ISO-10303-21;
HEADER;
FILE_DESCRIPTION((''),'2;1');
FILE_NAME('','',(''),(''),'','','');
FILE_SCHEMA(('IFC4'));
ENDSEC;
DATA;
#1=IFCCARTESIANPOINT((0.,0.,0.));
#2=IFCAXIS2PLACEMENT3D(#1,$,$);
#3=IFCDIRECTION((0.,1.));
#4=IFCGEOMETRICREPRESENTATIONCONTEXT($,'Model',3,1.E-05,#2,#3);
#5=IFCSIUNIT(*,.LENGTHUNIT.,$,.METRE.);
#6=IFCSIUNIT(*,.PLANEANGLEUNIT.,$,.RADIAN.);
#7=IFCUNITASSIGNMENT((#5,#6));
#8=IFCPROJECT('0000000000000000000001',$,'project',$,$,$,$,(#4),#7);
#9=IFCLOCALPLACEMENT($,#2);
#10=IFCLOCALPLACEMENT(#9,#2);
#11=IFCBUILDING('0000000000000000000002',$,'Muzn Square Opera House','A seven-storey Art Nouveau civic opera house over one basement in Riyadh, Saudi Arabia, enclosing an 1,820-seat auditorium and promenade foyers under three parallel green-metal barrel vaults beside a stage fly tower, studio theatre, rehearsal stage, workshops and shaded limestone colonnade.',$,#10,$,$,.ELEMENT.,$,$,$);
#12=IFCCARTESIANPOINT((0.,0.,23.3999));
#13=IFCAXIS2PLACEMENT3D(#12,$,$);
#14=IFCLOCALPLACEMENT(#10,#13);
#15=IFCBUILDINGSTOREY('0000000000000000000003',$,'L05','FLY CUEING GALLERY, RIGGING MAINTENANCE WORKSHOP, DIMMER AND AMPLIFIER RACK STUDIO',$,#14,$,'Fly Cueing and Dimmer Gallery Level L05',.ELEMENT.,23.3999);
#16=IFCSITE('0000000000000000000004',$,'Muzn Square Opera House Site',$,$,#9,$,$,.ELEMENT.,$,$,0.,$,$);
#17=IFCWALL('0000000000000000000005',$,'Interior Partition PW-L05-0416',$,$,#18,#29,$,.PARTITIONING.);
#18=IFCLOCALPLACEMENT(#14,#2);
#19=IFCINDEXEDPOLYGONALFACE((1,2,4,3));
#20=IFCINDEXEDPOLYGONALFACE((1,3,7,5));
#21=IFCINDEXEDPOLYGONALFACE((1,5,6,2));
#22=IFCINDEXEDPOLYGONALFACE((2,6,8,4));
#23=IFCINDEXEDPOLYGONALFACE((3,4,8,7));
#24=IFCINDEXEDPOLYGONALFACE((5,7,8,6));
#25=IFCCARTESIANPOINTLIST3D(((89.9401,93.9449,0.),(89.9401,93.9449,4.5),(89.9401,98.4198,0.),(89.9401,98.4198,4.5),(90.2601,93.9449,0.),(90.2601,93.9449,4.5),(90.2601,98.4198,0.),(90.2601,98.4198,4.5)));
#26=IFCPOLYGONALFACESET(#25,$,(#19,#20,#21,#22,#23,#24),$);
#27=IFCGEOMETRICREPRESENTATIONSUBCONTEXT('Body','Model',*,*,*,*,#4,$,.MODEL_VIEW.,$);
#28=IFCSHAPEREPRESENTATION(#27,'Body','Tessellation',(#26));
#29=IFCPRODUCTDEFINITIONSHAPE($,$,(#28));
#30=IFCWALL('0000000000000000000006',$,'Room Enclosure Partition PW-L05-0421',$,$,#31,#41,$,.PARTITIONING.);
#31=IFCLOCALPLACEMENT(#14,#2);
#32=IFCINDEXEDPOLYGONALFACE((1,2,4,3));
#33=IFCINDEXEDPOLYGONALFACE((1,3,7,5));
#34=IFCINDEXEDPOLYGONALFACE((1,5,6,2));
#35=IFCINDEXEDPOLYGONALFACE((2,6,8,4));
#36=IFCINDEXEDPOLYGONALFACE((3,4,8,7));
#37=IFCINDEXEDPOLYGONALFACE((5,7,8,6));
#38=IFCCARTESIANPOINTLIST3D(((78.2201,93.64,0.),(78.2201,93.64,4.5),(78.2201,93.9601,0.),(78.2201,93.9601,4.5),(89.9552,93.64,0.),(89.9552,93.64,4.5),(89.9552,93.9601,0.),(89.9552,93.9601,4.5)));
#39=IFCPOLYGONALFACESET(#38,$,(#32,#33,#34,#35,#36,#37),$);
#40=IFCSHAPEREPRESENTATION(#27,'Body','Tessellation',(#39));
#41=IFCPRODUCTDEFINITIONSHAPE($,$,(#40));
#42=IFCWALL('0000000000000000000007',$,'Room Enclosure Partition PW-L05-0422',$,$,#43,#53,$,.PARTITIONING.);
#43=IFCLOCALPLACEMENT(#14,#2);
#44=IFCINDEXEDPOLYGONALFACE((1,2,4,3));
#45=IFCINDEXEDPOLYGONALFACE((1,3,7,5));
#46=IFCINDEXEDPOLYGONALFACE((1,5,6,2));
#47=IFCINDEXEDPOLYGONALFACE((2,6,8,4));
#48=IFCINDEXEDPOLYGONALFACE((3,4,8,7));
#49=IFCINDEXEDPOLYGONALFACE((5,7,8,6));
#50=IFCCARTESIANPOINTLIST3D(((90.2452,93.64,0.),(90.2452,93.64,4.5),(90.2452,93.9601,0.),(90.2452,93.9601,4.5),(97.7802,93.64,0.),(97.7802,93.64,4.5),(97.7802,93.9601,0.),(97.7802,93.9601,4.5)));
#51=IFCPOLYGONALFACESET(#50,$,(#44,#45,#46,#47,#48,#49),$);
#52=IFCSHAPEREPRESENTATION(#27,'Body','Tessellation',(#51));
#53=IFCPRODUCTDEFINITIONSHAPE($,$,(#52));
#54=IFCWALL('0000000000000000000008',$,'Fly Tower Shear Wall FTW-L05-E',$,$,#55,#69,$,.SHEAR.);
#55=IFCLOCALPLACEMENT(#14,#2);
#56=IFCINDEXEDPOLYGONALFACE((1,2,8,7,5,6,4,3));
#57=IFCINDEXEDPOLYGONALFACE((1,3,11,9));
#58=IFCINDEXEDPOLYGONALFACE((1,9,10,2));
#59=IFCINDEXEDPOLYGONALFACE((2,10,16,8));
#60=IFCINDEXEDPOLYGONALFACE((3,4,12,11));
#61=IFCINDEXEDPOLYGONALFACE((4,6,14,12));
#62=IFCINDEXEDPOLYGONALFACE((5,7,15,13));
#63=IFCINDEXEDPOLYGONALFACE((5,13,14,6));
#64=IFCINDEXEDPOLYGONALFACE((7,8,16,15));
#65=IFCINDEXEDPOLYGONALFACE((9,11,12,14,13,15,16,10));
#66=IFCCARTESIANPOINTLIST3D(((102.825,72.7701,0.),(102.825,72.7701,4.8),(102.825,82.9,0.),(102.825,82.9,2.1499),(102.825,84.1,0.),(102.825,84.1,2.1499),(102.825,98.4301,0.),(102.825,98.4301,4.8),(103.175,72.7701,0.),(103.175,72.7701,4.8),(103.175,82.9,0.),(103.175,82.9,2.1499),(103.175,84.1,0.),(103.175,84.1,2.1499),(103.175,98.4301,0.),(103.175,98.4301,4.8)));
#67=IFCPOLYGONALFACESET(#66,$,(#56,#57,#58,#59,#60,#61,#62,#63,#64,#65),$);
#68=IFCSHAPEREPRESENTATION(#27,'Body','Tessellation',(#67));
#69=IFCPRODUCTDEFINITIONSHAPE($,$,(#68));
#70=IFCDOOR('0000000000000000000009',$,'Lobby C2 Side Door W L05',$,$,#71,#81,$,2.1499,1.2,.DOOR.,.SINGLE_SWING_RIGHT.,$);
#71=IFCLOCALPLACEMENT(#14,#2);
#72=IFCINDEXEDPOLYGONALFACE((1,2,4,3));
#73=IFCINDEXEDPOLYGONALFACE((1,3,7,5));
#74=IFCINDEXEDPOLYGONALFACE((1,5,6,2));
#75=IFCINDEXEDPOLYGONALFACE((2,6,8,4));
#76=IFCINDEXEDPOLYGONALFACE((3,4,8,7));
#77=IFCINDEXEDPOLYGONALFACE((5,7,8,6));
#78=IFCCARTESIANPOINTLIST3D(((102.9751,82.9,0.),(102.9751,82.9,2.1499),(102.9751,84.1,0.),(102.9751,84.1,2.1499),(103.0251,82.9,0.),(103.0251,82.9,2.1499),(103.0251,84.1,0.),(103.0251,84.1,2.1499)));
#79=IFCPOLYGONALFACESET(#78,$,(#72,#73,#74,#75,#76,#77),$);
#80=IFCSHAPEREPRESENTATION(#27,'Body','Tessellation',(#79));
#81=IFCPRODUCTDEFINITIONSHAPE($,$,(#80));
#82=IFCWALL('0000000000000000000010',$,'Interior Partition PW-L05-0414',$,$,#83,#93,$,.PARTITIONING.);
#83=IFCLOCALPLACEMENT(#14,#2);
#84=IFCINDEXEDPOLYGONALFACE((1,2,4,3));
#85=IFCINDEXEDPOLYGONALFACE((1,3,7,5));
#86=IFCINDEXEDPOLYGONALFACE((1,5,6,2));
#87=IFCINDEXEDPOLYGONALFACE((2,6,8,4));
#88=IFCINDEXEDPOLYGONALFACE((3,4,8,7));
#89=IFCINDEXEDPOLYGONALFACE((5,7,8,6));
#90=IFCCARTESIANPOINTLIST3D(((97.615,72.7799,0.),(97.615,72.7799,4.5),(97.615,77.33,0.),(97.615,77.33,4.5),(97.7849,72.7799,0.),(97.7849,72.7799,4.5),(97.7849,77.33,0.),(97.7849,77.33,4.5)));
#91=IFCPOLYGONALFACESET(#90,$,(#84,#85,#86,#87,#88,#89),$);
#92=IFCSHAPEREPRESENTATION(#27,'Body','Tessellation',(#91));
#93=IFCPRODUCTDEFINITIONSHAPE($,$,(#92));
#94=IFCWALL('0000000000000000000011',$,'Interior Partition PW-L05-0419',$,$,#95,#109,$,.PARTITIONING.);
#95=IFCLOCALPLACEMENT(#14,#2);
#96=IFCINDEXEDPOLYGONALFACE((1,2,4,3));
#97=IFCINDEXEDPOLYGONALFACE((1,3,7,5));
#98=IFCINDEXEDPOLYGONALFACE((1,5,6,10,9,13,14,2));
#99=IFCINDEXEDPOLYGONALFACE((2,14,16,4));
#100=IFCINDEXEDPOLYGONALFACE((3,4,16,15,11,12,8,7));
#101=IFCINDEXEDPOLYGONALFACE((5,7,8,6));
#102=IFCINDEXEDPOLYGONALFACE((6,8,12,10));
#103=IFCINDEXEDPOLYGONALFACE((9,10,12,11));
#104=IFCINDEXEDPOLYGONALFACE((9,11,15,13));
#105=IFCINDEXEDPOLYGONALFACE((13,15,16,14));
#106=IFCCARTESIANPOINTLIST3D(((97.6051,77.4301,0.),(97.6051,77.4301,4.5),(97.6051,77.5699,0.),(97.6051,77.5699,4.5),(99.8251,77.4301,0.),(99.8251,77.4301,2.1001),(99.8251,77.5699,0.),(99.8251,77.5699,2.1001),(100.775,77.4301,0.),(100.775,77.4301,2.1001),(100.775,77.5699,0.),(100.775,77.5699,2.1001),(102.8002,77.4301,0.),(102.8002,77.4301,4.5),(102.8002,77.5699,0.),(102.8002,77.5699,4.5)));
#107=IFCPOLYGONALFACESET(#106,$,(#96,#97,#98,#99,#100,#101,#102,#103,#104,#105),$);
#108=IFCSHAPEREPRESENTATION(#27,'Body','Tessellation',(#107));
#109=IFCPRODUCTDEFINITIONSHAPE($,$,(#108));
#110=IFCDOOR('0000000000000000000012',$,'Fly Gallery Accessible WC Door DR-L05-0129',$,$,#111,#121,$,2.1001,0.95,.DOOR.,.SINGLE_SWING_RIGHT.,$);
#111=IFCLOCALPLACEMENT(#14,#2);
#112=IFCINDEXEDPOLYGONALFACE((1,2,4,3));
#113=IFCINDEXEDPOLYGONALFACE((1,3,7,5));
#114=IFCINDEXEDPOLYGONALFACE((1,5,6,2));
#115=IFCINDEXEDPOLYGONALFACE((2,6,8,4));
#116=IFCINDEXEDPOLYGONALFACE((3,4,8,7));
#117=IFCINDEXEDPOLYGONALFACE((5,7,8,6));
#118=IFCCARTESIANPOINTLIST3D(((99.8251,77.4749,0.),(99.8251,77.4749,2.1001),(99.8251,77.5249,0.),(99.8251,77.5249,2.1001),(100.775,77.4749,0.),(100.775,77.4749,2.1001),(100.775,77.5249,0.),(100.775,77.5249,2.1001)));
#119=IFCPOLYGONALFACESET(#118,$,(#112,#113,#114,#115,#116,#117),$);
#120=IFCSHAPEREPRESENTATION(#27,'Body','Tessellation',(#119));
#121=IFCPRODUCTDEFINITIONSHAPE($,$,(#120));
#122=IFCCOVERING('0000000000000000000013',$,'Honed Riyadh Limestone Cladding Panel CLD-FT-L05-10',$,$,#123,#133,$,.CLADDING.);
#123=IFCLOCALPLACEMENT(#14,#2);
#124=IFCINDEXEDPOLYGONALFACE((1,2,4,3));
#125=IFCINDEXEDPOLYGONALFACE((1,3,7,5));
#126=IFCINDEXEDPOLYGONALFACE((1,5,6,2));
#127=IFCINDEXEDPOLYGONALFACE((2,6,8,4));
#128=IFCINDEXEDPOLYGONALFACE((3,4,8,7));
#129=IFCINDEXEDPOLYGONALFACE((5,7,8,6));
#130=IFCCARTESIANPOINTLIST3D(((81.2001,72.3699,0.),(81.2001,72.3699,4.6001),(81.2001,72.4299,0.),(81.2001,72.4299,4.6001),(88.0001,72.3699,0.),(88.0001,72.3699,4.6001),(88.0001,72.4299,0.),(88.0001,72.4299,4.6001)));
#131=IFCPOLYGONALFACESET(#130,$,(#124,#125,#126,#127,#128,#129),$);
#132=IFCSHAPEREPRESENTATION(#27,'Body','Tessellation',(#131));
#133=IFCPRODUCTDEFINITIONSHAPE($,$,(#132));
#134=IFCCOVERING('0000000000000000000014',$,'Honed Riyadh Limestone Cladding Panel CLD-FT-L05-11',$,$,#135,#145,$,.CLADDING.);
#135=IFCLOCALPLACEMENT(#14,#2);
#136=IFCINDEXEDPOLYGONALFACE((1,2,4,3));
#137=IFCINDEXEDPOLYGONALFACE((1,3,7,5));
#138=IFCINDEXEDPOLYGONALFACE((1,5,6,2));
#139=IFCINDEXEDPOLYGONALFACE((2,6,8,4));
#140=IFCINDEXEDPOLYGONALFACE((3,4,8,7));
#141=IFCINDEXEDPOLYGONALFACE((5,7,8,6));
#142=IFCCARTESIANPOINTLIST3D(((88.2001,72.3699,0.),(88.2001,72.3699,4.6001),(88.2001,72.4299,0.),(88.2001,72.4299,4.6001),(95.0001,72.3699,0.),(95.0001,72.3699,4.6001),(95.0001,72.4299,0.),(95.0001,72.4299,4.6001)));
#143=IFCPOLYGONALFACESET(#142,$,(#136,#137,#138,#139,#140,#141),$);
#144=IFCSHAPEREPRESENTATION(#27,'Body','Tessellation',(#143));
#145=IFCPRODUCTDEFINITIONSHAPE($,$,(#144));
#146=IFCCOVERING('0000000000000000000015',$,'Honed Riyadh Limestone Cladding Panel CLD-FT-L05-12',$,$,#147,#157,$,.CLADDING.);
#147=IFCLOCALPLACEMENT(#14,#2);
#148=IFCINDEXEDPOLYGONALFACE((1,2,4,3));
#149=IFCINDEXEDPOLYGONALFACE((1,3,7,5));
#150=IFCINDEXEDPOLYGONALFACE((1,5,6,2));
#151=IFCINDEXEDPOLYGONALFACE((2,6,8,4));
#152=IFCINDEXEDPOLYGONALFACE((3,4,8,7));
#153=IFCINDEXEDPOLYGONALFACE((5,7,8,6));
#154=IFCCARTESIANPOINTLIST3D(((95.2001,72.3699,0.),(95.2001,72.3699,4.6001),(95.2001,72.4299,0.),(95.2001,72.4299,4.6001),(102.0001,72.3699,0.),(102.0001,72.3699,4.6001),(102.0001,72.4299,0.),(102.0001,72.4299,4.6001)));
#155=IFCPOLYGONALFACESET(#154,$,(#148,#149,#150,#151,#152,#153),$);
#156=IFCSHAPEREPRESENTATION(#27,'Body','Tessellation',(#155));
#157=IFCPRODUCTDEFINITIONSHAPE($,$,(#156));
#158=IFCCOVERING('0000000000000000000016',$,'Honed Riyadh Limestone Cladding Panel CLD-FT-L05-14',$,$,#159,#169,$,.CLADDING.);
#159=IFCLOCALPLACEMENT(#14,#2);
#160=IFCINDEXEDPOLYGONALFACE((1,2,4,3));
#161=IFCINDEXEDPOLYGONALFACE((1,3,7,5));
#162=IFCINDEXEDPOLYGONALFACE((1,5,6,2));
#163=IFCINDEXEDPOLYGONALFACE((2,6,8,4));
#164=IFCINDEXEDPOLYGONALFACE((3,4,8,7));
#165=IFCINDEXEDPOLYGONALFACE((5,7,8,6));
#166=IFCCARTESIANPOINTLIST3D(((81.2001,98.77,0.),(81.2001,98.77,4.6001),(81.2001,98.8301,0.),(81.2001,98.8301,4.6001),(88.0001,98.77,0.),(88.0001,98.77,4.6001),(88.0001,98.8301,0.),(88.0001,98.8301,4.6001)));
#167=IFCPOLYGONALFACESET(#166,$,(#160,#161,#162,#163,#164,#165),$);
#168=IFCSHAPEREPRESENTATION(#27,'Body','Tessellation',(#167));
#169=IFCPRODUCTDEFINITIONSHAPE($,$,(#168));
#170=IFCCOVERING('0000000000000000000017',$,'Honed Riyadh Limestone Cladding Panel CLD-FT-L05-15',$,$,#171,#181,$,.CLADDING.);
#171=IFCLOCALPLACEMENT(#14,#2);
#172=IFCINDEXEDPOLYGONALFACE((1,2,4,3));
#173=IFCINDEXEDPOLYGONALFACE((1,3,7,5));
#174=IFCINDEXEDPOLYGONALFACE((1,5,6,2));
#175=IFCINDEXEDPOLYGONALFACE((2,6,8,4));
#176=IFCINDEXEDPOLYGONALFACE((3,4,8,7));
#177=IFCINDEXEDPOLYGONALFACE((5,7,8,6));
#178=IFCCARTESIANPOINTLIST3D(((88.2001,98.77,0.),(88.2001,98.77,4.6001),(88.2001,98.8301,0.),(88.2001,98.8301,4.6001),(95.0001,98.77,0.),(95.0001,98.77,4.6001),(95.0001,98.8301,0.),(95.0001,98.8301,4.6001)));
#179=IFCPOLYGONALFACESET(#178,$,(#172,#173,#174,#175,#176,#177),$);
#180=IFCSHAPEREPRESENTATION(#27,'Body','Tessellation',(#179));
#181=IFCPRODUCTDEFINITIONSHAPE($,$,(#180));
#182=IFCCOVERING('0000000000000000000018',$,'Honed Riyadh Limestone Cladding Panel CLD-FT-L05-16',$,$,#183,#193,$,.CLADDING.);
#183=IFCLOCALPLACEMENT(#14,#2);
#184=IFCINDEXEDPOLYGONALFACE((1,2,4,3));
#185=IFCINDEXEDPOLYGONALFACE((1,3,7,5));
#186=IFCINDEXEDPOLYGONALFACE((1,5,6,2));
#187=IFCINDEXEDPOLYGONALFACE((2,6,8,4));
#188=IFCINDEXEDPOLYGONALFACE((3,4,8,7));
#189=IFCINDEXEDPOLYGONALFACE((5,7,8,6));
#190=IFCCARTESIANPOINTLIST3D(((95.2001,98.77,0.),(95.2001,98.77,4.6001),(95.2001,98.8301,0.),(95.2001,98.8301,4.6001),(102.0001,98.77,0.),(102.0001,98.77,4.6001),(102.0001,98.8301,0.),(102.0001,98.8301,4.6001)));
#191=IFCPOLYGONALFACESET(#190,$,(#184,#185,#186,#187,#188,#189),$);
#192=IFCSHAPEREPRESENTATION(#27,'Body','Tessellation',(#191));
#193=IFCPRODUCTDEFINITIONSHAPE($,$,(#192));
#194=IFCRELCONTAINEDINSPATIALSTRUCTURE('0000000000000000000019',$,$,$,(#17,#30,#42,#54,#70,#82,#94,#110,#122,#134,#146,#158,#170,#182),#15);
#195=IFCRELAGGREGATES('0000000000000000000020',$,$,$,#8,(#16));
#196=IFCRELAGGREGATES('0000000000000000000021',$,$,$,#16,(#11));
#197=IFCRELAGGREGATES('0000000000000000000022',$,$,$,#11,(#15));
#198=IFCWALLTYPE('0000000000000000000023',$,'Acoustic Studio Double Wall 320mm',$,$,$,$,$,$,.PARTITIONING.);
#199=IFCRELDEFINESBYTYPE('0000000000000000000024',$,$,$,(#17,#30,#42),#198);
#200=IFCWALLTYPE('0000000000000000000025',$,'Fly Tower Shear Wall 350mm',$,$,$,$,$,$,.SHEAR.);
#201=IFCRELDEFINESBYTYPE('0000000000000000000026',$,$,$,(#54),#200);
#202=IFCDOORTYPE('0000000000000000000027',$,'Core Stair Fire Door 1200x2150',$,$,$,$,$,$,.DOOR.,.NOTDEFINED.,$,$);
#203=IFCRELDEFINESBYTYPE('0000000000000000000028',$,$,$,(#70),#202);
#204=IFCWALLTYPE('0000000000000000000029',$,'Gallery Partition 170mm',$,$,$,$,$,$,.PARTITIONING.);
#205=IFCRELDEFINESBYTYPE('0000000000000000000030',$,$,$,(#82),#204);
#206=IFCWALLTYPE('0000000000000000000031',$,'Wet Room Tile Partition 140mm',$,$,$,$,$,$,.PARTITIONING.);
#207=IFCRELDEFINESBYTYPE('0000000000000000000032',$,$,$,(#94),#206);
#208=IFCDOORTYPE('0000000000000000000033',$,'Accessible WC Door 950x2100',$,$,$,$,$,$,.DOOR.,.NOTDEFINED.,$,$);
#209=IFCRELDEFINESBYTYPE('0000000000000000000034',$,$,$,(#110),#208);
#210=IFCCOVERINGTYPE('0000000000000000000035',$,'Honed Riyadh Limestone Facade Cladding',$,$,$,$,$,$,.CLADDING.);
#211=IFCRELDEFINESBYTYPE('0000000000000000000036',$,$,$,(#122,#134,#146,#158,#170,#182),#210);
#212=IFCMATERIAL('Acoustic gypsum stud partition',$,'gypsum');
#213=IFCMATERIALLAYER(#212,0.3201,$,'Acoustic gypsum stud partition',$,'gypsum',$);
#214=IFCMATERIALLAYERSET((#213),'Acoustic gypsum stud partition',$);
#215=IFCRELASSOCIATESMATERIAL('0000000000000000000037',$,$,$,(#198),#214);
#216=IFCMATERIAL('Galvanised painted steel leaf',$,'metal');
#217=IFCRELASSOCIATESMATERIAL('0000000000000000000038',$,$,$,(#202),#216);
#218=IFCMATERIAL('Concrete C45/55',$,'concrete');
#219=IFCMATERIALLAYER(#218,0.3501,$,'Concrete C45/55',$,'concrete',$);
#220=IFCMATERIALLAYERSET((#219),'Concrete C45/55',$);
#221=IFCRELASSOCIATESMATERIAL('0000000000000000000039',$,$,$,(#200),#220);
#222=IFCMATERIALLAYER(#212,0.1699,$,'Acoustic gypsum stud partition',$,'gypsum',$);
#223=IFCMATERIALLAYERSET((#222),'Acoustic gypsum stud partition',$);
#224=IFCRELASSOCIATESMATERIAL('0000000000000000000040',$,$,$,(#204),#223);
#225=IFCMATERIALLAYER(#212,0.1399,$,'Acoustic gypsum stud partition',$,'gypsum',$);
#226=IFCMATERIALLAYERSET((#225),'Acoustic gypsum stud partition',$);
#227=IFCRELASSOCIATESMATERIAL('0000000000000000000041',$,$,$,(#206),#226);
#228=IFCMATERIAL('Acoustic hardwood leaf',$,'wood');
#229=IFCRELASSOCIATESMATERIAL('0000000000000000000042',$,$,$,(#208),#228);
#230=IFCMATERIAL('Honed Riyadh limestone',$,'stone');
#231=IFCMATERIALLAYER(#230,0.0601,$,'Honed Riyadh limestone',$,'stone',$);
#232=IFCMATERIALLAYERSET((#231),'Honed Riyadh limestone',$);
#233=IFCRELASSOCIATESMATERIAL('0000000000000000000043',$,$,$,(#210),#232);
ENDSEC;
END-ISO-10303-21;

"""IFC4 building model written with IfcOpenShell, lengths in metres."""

from ifc_helpers import new_model, si_unit, direction, frame, frame_2d, origin, origin_2d, place, context, subcontext, project, spatial, rectangle, extrude, material, layer, layer_set, type_object, element, fill, save


model = new_model("IFC4")

# Units and contexts
model_context = context("Model", 3, precision=1e-05, world=origin(), true_north=direction((0.0, 1.0)))
body_context = subcontext(model_context, "Body", "Model", "MODEL_VIEW")
ifc_project = project(units=[si_unit("LENGTHUNIT", "METRE"), si_unit("PLANEANGLEUNIT", "RADIAN")], contexts=[model_context])

# Site, building, storey
site_placement = place(None, origin())
site = spatial("IfcSite", under=ifc_project, at=site_placement, Name="Muzn Square Opera House Site", CompositionType="ELEMENT", RefElevation=0.0)
building_placement = place(site_placement, origin())
building = spatial("IfcBuilding", under=site, at=building_placement, Name="Muzn Square Opera House", Description="A seven-storey Art Nouveau civic opera house over one basement in Riyadh, Saudi Arabia, enclosing an 1,820-seat auditorium and promenade foyers under three parallel green-metal barrel vaults beside a stage fly tower, studio theatre, rehearsal stage, workshops and shaded limestone colonnade.", CompositionType="ELEMENT")
storey_placement = place(building_placement, frame((0.0, 0.0, 23.3999)))
storey = spatial("IfcBuildingStorey", under=building, at=storey_placement, Name="L05", Description="FLY CUEING GALLERY, RIGGING MAINTENANCE WORKSHOP, DIMMER AND AMPLIFIER RACK STUDIO", LongName="Fly Cueing and Dimmer Gallery Level L05", CompositionType="ELEMENT", Elevation=23.3999)

# Wall
ifc_material_1 = material(Name="Acoustic gypsum stud partition", Category="gypsum")
ifc_layer_1 = layer(ifc_material_1, 0.3201, Name="Acoustic gypsum stud partition", Category="gypsum")
ifc_layer_set_1 = layer_set([ifc_layer_1], Name="Acoustic gypsum stud partition")
wall_type_1 = type_object("IfcWallType", Name="Acoustic Studio Double Wall 320mm", PredefinedType="PARTITIONING", material=ifc_layer_set_1)
wall_1_placement = place(storey_placement, frame((90.1001, 93.9451, 0.0), z_axis=(0.0, 0.0, 1.0), x_axis=(0.0, 1.0, 0.0)))
element("IfcWall", 1, at=wall_1_placement, inside=storey, type_object=wall_type_1, Name="Interior Partition PW-L05-0416", PredefinedType="PARTITIONING", context=body_context, shape_type="SweptSolid", body=[
    extrude(rectangle(XDim=4.4749, YDim=0.3201, at=frame_2d((2.2373, 0.0))), origin(), (0.0, 0.0, 1.0), 4.5),
])

# Shared definitions
ifc_material_2 = material(Name="Acoustic hardwood leaf", Category="wood")

# Walls
wall_2_placement = place(storey_placement, frame((78.22, 93.8, 0.0), z_axis=(0.0, 0.0, 1.0), x_axis=(1.0, 0.0, 0.0)))
element("IfcWall", 2, at=wall_2_placement, inside=storey, type_object=wall_type_1, Name="Room Enclosure Partition PW-L05-0421", PredefinedType="PARTITIONING", context=body_context, shape_type="SweptSolid", body=[
    extrude(rectangle(XDim=11.7351, YDim=0.3201, at=frame_2d((5.8677, 0.0))), origin(), (0.0, 0.0, 1.0), 4.5),
])
wall_3_placement = place(storey_placement, frame((90.2451, 93.8, 0.0), z_axis=(0.0, 0.0, 1.0), x_axis=(1.0, 0.0, 0.0)))
element("IfcWall", 3, at=wall_3_placement, inside=storey, type_object=wall_type_1, Name="Room Enclosure Partition PW-L05-0422", PredefinedType="PARTITIONING", context=body_context, shape_type="SweptSolid", body=[
    extrude(rectangle(XDim=7.5349, YDim=0.3201, at=frame_2d((3.7676, 0.0))), origin(), (0.0, 0.0, 1.0), 4.5),
])

# Shared definitions
ifc_material_3 = material(Name="Concrete C45/55", Category="concrete")
ifc_material_4 = material(Name="Galvanised painted steel leaf", Category="metal")
door_type_1 = type_object("IfcDoorType", Name="Core Stair Fire Door 1200x2150", OperationType="NOTDEFINED", PredefinedType="DOOR", material=ifc_material_4)

# Wall, opening, door
ifc_layer_2 = layer(ifc_material_3, 0.3501, Name="Concrete C45/55", Category="concrete")
ifc_layer_set_2 = layer_set([ifc_layer_2], Name="Concrete C45/55")
wall_type_2 = type_object("IfcWallType", Name="Fly Tower Shear Wall 350mm", PredefinedType="SHEAR", material=ifc_layer_set_2)
wall_4_placement = place(storey_placement, frame((103.0, 72.77, 0.0), z_axis=(0.0, 0.0, 1.0), x_axis=(0.0, 1.0, 0.0)))
wall_4 = element("IfcWall", 4, at=wall_4_placement, inside=storey, type_object=wall_type_2, Name="Fly Tower Shear Wall FTW-L05-E", PredefinedType="SHEAR", context=body_context, shape_type="SweptSolid", body=[
    extrude(rectangle(XDim=25.6599, YDim=0.3501, at=frame_2d((12.8301, 0.0))), origin(), (0.0, 0.0, 1.0), 4.8),
])
opening_1_placement = place(wall_4_placement, frame((10.1299, 0.0, 0.0)))
opening_1 = element("IfcOpeningElement", 5, at=opening_1_placement, cuts=wall_4, PredefinedType="OPENING", context=body_context, shape_type="SweptSolid", body=[
    extrude(rectangle(XDim=1.2, YDim=2.1499, at=frame_2d((0.6001, 1.075))), frame((0.0, 0.1851, 0.0), z_axis=(0.0, -1.0, 0.0), x_axis=(1.0, 0.0, 0.0)), (0.0, 0.0, 1.0), 0.3701),
])
door_1_placement = place(opening_1_placement, origin())
door_1 = element("IfcDoor", 6, at=door_1_placement, inside=storey, type_object=door_type_1, Name="Lobby C2 Side Door W L05", OperationType="SINGLE_SWING_RIGHT", OverallHeight=2.1499, OverallWidth=1.2, PredefinedType="DOOR", context=body_context, shape_type="SweptSolid", body=[
    extrude(rectangle(XDim=1.2, YDim=2.1499, at=frame_2d((0.6001, 1.075))), frame((0.0, 0.0249, 0.0), z_axis=(0.0, -1.0, 0.0), x_axis=(1.0, 0.0, 0.0)), (0.0, 0.0, 1.0), 0.05),
])
fill(opening_1, door_1)

# Wall
ifc_layer_3 = layer(ifc_material_1, 0.1699, Name="Acoustic gypsum stud partition", Category="gypsum")
ifc_layer_set_3 = layer_set([ifc_layer_3], Name="Acoustic gypsum stud partition")
wall_type_3 = type_object("IfcWallType", Name="Gallery Partition 170mm", PredefinedType="PARTITIONING", material=ifc_layer_set_3)
wall_5_placement = place(storey_placement, frame((97.7, 72.78, 0.0), z_axis=(0.0, 0.0, 1.0), x_axis=(0.0, 1.0, 0.0)))
element("IfcWall", 7, at=wall_5_placement, inside=storey, type_object=wall_type_3, Name="Interior Partition PW-L05-0414", PredefinedType="PARTITIONING", context=body_context, shape_type="SweptSolid", body=[
    extrude(rectangle(XDim=4.55, YDim=0.1699, at=frame_2d((2.2749, 0.0))), origin(), (0.0, 0.0, 1.0), 4.5),
])

# Wall, opening, door
ifc_layer_4 = layer(ifc_material_1, 0.1399, Name="Acoustic gypsum stud partition", Category="gypsum")
ifc_layer_set_4 = layer_set([ifc_layer_4], Name="Acoustic gypsum stud partition")
wall_type_4 = type_object("IfcWallType", Name="Wet Room Tile Partition 140mm", PredefinedType="PARTITIONING", material=ifc_layer_set_4)
wall_6_placement = place(storey_placement, frame((97.605, 77.5, 0.0), z_axis=(0.0, 0.0, 1.0), x_axis=(1.0, 0.0, 0.0)))
wall_6 = element("IfcWall", 8, at=wall_6_placement, inside=storey, type_object=wall_type_4, Name="Interior Partition PW-L05-0419", PredefinedType="PARTITIONING", context=body_context, shape_type="SweptSolid", body=[
    extrude(rectangle(XDim=5.1951, YDim=0.1399, at=frame_2d((2.5977, 0.0))), origin(), (0.0, 0.0, 1.0), 4.5),
])
opening_2_placement = place(wall_6_placement, frame((2.22, 0.0, 0.0)))
opening_2 = element("IfcOpeningElement", 9, at=opening_2_placement, cuts=wall_6, PredefinedType="OPENING", context=body_context, shape_type="SweptSolid", body=[
    extrude(rectangle(XDim=0.95, YDim=2.1001, at=frame_2d((0.4751, 1.05))), frame((0.0, 0.0798, 0.0), z_axis=(0.0, -1.0, 0.0), x_axis=(1.0, 0.0, 0.0)), (0.0, 0.0, 1.0), 0.1599),
])
door_type_2 = type_object("IfcDoorType", Name="Accessible WC Door 950x2100", OperationType="NOTDEFINED", PredefinedType="DOOR", material=ifc_material_2)
door_2_placement = place(opening_2_placement, origin())
door_2 = element("IfcDoor", 10, at=door_2_placement, inside=storey, type_object=door_type_2, Name="Fly Gallery Accessible WC Door DR-L05-0129", OperationType="SINGLE_SWING_RIGHT", OverallHeight=2.1001, OverallWidth=0.95, PredefinedType="DOOR", context=body_context, shape_type="SweptSolid", body=[
    extrude(rectangle(XDim=0.95, YDim=2.1001, at=frame_2d((0.4751, 1.05))), frame((0.0, 0.0249, 0.0), z_axis=(0.0, -1.0, 0.0), x_axis=(1.0, 0.0, 0.0)), (0.0, 0.0, 1.0), 0.05),
])
fill(opening_2, door_2)

# Coverings
ifc_material_5 = material(Name="Honed Riyadh limestone", Category="stone")
ifc_layer_5 = layer(ifc_material_5, 0.0601, Name="Honed Riyadh limestone", Category="stone")
ifc_layer_set_5 = layer_set([ifc_layer_5], Name="Honed Riyadh limestone")
covering_type = type_object("IfcCoveringType", Name="Honed Riyadh Limestone Facade Cladding", PredefinedType="CLADDING", material=ifc_layer_set_5)
for number, where, z_axis, x_axis, name in (
    (11, (84.6001, 72.3999, 0.0), (0.0, 0.0, 1.0), (1.0, 0.0, 0.0), "Honed Riyadh Limestone Cladding Panel CLD-FT-L05-10"),
    (12, (91.6001, 72.3999, 0.0), (0.0, 0.0, 1.0), (1.0, 0.0, 0.0), "Honed Riyadh Limestone Cladding Panel CLD-FT-L05-11"),
    (13, (98.6001, 72.3999, 0.0), (0.0, 0.0, 1.0), (1.0, 0.0, 0.0), "Honed Riyadh Limestone Cladding Panel CLD-FT-L05-12"),
    (14, (84.6001, 98.8, 0.0), (0.0, 0.0, 1.0), (1.0, 0.0, 0.0), "Honed Riyadh Limestone Cladding Panel CLD-FT-L05-14"),
    (15, (91.6001, 98.8, 0.0), (0.0, 0.0, 1.0), (1.0, 0.0, 0.0), "Honed Riyadh Limestone Cladding Panel CLD-FT-L05-15"),
    (16, (98.6001, 98.8, 0.0), (0.0, 0.0, 1.0), (1.0, 0.0, 0.0), "Honed Riyadh Limestone Cladding Panel CLD-FT-L05-16"),
):
    element("IfcCovering", number, at=place(storey_placement, frame(where, z_axis=z_axis, x_axis=x_axis)), inside=storey, type_object=covering_type, Name=name, PredefinedType="CLADDING", context=body_context, shape_type="SweptSolid", body=[
        extrude(rectangle(XDim=6.8, YDim=0.0601, at=origin_2d()), origin(), (0.0, 0.0, 1.0), 4.6001),
    ])

save(model, "model.ifc")
